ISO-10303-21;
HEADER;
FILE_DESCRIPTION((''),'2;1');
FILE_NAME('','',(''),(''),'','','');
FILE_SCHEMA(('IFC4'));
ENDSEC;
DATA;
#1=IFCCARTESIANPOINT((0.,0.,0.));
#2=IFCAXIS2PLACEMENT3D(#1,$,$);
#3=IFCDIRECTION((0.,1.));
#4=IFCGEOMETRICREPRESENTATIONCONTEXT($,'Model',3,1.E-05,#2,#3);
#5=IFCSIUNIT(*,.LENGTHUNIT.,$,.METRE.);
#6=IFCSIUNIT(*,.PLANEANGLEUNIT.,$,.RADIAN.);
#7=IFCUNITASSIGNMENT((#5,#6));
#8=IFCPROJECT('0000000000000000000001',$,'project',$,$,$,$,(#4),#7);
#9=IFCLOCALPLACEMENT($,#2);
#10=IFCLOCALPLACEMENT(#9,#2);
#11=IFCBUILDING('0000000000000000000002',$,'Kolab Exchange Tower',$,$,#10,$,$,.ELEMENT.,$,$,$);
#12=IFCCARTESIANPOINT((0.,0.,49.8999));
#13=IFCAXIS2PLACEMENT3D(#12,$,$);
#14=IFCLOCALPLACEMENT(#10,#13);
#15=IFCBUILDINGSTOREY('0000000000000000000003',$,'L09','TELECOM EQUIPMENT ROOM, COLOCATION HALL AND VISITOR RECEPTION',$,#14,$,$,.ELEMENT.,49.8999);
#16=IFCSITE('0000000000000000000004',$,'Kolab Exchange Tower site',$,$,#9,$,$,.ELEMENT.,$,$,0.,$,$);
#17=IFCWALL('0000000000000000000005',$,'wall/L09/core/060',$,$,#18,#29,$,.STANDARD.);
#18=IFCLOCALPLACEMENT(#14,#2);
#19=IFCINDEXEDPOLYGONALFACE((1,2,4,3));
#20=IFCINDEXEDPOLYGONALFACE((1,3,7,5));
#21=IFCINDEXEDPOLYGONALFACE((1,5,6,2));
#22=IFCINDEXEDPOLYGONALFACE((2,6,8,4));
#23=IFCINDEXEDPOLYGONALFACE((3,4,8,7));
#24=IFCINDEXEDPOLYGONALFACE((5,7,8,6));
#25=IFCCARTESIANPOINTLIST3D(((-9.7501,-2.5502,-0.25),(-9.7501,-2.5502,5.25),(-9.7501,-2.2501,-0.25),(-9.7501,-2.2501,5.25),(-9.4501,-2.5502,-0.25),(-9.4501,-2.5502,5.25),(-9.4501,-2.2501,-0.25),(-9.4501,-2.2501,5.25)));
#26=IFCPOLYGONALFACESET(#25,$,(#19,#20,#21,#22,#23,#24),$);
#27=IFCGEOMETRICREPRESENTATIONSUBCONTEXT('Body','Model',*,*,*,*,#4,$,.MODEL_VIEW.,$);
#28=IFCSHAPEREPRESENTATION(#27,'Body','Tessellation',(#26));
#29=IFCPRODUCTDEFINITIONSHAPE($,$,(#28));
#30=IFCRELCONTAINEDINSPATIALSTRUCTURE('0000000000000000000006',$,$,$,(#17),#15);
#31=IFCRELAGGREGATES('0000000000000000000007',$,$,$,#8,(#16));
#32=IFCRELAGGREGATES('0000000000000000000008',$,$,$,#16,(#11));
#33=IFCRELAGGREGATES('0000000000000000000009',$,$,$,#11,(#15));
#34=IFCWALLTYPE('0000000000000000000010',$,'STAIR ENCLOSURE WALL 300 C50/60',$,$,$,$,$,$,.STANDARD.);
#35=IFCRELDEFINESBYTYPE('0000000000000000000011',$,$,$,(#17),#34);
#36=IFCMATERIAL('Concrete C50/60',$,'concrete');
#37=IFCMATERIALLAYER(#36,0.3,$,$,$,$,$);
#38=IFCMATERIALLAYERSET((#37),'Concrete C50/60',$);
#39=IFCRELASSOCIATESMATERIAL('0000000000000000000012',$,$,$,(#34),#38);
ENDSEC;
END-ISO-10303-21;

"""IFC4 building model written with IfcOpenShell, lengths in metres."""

from ifc_helpers import new_model, si_unit, direction, frame, frame_2d, origin, place, context, subcontext, project, spatial, rectangle, extrude, material, layer, layer_set, type_object, element, save


model = new_model("IFC4")

# Units and contexts
model_context = context("Model", 3, precision=1e-05, world=origin(), true_north=direction((0.0, 1.0)))
body_context = subcontext(model_context, "Body", "Model", "MODEL_VIEW")
ifc_project = project(units=[si_unit("LENGTHUNIT", "METRE"), si_unit("PLANEANGLEUNIT", "RADIAN")], contexts=[model_context])

# Site, building, storey
site_placement = place(None, origin())
site = spatial("IfcSite", under=ifc_project, at=site_placement, Name="Kolab Exchange Tower site", CompositionType="ELEMENT", RefElevation=0.0)
building_placement = place(site_placement, origin())
building = spatial("IfcBuilding", under=site, at=building_placement, Name="Kolab Exchange Tower", CompositionType="ELEMENT")
storey_placement = place(building_placement, frame((0.0, 0.0, 49.8999)))
storey = spatial("IfcBuildingStorey", under=building, at=storey_placement, Name="L09", Description="TELECOM EQUIPMENT ROOM, COLOCATION HALL AND VISITOR RECEPTION", CompositionType="ELEMENT", Elevation=49.8999)

# Shared definitions
ifc_material_1 = material(Name="Concrete C50/60", Category="concrete")

# Shared definitions
ifc_layer_1 = layer(ifc_material_1, 0.3)
ifc_layer_set_1 = layer_set([ifc_layer_1], Name="Concrete C50/60")
wall_type_1 = type_object("IfcWallType", Name="STAIR ENCLOSURE WALL 300 C50/60", PredefinedType="STANDARD", material=ifc_layer_set_1)

# Wall
wall_1_placement = place(storey_placement, frame((-9.6001, -2.55, -0.25), z_axis=(0.0, 0.0, 1.0), x_axis=(0.0, 1.0, 0.0)))
element("IfcWall", 1, at=wall_1_placement, inside=storey, type_object=wall_type_1, Name="wall/L09/core/060", PredefinedType="STANDARD", context=body_context, shape_type="SweptSolid", body=[
    extrude(rectangle(XDim=0.3, YDim=0.3, at=frame_2d((0.1499, 0.0))), origin(), (0.0, 0.0, 1.0), 5.5),
])

save(model, "model.ifc")
